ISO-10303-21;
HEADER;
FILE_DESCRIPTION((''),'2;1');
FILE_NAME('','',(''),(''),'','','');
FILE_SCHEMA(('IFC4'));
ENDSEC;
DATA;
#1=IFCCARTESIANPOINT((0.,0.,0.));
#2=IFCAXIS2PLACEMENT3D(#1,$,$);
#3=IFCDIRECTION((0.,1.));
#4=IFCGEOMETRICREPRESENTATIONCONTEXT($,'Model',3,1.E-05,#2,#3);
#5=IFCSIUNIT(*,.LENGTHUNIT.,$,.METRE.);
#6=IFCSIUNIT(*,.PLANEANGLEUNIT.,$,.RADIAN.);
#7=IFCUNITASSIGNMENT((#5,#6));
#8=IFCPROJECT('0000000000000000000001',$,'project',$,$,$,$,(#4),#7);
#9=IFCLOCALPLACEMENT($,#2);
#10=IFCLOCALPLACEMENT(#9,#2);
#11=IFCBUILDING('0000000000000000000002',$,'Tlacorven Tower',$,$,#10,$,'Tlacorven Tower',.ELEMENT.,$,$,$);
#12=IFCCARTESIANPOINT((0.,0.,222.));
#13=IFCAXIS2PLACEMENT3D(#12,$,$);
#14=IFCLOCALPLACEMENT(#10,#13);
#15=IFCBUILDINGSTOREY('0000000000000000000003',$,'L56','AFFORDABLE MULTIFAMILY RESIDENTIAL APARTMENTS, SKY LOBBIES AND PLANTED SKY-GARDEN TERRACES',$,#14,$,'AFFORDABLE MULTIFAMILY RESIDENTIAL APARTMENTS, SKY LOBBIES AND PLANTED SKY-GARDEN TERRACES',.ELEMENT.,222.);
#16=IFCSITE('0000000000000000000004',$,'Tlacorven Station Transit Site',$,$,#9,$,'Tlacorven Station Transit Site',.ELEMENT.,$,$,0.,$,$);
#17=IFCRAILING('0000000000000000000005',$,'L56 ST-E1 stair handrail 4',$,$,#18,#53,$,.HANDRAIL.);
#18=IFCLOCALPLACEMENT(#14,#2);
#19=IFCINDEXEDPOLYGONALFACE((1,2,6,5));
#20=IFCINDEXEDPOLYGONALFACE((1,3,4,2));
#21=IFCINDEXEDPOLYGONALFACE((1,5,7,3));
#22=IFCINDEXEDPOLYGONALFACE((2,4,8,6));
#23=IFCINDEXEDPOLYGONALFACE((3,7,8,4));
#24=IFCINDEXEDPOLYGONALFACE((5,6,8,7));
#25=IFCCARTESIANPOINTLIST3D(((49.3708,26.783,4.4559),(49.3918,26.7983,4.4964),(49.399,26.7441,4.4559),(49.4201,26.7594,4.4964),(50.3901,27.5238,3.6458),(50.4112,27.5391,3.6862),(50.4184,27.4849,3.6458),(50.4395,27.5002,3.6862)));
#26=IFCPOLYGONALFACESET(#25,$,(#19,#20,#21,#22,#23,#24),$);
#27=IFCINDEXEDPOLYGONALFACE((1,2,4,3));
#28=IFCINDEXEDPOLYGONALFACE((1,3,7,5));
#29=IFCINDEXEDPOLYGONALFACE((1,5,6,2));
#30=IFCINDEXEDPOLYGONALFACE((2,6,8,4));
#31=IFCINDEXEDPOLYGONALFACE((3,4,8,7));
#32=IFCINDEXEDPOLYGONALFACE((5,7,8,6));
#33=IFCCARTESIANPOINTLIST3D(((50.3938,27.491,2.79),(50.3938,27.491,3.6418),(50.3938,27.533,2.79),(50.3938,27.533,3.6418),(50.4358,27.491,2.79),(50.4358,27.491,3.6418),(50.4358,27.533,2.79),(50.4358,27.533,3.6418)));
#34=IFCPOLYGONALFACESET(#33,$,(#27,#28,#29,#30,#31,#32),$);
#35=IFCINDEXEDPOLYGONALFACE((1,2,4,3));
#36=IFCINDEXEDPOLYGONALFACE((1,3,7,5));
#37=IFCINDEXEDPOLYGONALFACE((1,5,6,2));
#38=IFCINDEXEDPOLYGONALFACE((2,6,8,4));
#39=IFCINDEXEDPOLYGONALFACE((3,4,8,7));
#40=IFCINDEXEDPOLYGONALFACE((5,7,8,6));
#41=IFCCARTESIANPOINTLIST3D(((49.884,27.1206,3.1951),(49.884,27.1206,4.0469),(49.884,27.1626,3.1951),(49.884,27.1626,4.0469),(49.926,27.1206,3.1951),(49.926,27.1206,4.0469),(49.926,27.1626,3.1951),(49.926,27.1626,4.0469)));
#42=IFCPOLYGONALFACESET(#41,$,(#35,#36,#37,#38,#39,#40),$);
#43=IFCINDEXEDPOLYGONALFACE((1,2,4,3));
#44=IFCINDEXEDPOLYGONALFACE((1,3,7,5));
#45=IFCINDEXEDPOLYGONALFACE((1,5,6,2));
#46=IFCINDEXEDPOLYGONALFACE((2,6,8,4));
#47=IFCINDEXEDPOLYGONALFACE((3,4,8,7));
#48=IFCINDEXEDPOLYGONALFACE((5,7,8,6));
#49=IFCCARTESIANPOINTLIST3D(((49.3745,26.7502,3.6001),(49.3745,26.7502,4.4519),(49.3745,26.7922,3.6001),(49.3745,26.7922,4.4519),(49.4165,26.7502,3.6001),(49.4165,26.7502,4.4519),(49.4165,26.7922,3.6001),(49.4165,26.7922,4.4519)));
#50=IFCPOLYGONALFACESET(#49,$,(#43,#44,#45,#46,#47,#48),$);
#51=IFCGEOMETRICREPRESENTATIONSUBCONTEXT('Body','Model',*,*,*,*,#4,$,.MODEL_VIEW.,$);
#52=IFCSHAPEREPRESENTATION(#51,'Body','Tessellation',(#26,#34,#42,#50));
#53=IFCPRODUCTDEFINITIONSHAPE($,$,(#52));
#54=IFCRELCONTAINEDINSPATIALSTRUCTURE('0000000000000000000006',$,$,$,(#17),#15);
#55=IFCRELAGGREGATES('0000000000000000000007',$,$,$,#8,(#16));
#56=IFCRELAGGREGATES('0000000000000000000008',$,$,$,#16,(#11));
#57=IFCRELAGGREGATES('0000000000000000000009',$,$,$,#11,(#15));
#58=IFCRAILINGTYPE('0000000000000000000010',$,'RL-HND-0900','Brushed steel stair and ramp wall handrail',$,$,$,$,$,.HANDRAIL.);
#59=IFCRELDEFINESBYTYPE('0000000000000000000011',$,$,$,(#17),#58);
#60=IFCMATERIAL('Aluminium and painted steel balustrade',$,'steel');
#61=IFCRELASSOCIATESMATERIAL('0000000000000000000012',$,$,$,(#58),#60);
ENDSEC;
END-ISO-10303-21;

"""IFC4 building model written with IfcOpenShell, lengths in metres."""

from ifc_helpers import new_model, si_unit, direction, frame, origin, origin_2d, place, context, subcontext, project, spatial, rectangle, extrude, source, transform, mapped, material, type_object, element, save


model = new_model("IFC4")

# Units and contexts
model_context = context("Model", 3, precision=1e-05, world=origin(), true_north=direction((0.0, 1.0)))
body_context = subcontext(model_context, "Body", "Model", "MODEL_VIEW")
ifc_project = project(units=[si_unit("LENGTHUNIT", "METRE"), si_unit("PLANEANGLEUNIT", "RADIAN")], contexts=[model_context])

# Site, building, storey
site_placement = place(None, origin())
site = spatial("IfcSite", under=ifc_project, at=site_placement, Name="Tlacorven Station Transit Site", LongName="Tlacorven Station Transit Site", CompositionType="ELEMENT", RefElevation=0.0)
building_placement = place(site_placement, origin())
building = spatial("IfcBuilding", under=site, at=building_placement, Name="Tlacorven Tower", LongName="Tlacorven Tower", CompositionType="ELEMENT")
storey_placement = place(building_placement, frame((0.0, 0.0, 222.0)))
storey = spatial("IfcBuildingStorey", under=building, at=storey_placement, Name="L56", Description="AFFORDABLE MULTIFAMILY RESIDENTIAL APARTMENTS, SKY LOBBIES AND PLANTED SKY-GARDEN TERRACES", LongName="AFFORDABLE MULTIFAMILY RESIDENTIAL APARTMENTS, SKY LOBBIES AND PLANTED SKY-GARDEN TERRACES", CompositionType="ELEMENT", Elevation=222.0)

# Railing
ifc_material_1 = material(Name="Aluminium and painted steel balustrade", Category="steel")
railing_type_1 = type_object("IfcRailingType", Name="RL-HND-0900", Description="Brushed steel stair and ramp wall handrail", PredefinedType="HANDRAIL", material=ifc_material_1)
shared_shape_1 = source(origin(), body_context, "Body", "SweptSolid", [
    extrude(rectangle(XDim=0.0481, YDim=0.0481, at=origin_2d()), frame((0.0, 0.0, 0.876), z_axis=(-0.680461, -0.494496, 0.540783), x_axis=(0.587872, -0.808954, 0.0)), (0.0, 0.0, 1.0), 1.498),
    extrude(rectangle(XDim=0.042, YDim=0.042, at=origin_2d()), origin(), (0.0, 0.0, 1.0), 0.8518),
    extrude(rectangle(XDim=0.042, YDim=0.042, at=origin_2d()), frame((-0.5098, -0.3704, 0.405)), (0.0, 0.0, 1.0), 0.8518),
    extrude(rectangle(XDim=0.042, YDim=0.042, at=origin_2d()), frame((-1.0193, -0.7407, 0.8101)), (0.0, 0.0, 1.0), 0.8518),
])
railing_1_placement = place(storey_placement, frame((50.4148, 27.512, 2.79)))
element("IfcRailing", 1, at=railing_1_placement, inside=storey, type_object=railing_type_1, Name="L56 ST-E1 stair handrail 4", PredefinedType="HANDRAIL", context=body_context, shape_type="MappedRepresentation", body=[
    mapped(shared_shape_1, transform((0.0, 0.0, 0.0), scale=1.0)),
])

save(model, "model.ifc")
